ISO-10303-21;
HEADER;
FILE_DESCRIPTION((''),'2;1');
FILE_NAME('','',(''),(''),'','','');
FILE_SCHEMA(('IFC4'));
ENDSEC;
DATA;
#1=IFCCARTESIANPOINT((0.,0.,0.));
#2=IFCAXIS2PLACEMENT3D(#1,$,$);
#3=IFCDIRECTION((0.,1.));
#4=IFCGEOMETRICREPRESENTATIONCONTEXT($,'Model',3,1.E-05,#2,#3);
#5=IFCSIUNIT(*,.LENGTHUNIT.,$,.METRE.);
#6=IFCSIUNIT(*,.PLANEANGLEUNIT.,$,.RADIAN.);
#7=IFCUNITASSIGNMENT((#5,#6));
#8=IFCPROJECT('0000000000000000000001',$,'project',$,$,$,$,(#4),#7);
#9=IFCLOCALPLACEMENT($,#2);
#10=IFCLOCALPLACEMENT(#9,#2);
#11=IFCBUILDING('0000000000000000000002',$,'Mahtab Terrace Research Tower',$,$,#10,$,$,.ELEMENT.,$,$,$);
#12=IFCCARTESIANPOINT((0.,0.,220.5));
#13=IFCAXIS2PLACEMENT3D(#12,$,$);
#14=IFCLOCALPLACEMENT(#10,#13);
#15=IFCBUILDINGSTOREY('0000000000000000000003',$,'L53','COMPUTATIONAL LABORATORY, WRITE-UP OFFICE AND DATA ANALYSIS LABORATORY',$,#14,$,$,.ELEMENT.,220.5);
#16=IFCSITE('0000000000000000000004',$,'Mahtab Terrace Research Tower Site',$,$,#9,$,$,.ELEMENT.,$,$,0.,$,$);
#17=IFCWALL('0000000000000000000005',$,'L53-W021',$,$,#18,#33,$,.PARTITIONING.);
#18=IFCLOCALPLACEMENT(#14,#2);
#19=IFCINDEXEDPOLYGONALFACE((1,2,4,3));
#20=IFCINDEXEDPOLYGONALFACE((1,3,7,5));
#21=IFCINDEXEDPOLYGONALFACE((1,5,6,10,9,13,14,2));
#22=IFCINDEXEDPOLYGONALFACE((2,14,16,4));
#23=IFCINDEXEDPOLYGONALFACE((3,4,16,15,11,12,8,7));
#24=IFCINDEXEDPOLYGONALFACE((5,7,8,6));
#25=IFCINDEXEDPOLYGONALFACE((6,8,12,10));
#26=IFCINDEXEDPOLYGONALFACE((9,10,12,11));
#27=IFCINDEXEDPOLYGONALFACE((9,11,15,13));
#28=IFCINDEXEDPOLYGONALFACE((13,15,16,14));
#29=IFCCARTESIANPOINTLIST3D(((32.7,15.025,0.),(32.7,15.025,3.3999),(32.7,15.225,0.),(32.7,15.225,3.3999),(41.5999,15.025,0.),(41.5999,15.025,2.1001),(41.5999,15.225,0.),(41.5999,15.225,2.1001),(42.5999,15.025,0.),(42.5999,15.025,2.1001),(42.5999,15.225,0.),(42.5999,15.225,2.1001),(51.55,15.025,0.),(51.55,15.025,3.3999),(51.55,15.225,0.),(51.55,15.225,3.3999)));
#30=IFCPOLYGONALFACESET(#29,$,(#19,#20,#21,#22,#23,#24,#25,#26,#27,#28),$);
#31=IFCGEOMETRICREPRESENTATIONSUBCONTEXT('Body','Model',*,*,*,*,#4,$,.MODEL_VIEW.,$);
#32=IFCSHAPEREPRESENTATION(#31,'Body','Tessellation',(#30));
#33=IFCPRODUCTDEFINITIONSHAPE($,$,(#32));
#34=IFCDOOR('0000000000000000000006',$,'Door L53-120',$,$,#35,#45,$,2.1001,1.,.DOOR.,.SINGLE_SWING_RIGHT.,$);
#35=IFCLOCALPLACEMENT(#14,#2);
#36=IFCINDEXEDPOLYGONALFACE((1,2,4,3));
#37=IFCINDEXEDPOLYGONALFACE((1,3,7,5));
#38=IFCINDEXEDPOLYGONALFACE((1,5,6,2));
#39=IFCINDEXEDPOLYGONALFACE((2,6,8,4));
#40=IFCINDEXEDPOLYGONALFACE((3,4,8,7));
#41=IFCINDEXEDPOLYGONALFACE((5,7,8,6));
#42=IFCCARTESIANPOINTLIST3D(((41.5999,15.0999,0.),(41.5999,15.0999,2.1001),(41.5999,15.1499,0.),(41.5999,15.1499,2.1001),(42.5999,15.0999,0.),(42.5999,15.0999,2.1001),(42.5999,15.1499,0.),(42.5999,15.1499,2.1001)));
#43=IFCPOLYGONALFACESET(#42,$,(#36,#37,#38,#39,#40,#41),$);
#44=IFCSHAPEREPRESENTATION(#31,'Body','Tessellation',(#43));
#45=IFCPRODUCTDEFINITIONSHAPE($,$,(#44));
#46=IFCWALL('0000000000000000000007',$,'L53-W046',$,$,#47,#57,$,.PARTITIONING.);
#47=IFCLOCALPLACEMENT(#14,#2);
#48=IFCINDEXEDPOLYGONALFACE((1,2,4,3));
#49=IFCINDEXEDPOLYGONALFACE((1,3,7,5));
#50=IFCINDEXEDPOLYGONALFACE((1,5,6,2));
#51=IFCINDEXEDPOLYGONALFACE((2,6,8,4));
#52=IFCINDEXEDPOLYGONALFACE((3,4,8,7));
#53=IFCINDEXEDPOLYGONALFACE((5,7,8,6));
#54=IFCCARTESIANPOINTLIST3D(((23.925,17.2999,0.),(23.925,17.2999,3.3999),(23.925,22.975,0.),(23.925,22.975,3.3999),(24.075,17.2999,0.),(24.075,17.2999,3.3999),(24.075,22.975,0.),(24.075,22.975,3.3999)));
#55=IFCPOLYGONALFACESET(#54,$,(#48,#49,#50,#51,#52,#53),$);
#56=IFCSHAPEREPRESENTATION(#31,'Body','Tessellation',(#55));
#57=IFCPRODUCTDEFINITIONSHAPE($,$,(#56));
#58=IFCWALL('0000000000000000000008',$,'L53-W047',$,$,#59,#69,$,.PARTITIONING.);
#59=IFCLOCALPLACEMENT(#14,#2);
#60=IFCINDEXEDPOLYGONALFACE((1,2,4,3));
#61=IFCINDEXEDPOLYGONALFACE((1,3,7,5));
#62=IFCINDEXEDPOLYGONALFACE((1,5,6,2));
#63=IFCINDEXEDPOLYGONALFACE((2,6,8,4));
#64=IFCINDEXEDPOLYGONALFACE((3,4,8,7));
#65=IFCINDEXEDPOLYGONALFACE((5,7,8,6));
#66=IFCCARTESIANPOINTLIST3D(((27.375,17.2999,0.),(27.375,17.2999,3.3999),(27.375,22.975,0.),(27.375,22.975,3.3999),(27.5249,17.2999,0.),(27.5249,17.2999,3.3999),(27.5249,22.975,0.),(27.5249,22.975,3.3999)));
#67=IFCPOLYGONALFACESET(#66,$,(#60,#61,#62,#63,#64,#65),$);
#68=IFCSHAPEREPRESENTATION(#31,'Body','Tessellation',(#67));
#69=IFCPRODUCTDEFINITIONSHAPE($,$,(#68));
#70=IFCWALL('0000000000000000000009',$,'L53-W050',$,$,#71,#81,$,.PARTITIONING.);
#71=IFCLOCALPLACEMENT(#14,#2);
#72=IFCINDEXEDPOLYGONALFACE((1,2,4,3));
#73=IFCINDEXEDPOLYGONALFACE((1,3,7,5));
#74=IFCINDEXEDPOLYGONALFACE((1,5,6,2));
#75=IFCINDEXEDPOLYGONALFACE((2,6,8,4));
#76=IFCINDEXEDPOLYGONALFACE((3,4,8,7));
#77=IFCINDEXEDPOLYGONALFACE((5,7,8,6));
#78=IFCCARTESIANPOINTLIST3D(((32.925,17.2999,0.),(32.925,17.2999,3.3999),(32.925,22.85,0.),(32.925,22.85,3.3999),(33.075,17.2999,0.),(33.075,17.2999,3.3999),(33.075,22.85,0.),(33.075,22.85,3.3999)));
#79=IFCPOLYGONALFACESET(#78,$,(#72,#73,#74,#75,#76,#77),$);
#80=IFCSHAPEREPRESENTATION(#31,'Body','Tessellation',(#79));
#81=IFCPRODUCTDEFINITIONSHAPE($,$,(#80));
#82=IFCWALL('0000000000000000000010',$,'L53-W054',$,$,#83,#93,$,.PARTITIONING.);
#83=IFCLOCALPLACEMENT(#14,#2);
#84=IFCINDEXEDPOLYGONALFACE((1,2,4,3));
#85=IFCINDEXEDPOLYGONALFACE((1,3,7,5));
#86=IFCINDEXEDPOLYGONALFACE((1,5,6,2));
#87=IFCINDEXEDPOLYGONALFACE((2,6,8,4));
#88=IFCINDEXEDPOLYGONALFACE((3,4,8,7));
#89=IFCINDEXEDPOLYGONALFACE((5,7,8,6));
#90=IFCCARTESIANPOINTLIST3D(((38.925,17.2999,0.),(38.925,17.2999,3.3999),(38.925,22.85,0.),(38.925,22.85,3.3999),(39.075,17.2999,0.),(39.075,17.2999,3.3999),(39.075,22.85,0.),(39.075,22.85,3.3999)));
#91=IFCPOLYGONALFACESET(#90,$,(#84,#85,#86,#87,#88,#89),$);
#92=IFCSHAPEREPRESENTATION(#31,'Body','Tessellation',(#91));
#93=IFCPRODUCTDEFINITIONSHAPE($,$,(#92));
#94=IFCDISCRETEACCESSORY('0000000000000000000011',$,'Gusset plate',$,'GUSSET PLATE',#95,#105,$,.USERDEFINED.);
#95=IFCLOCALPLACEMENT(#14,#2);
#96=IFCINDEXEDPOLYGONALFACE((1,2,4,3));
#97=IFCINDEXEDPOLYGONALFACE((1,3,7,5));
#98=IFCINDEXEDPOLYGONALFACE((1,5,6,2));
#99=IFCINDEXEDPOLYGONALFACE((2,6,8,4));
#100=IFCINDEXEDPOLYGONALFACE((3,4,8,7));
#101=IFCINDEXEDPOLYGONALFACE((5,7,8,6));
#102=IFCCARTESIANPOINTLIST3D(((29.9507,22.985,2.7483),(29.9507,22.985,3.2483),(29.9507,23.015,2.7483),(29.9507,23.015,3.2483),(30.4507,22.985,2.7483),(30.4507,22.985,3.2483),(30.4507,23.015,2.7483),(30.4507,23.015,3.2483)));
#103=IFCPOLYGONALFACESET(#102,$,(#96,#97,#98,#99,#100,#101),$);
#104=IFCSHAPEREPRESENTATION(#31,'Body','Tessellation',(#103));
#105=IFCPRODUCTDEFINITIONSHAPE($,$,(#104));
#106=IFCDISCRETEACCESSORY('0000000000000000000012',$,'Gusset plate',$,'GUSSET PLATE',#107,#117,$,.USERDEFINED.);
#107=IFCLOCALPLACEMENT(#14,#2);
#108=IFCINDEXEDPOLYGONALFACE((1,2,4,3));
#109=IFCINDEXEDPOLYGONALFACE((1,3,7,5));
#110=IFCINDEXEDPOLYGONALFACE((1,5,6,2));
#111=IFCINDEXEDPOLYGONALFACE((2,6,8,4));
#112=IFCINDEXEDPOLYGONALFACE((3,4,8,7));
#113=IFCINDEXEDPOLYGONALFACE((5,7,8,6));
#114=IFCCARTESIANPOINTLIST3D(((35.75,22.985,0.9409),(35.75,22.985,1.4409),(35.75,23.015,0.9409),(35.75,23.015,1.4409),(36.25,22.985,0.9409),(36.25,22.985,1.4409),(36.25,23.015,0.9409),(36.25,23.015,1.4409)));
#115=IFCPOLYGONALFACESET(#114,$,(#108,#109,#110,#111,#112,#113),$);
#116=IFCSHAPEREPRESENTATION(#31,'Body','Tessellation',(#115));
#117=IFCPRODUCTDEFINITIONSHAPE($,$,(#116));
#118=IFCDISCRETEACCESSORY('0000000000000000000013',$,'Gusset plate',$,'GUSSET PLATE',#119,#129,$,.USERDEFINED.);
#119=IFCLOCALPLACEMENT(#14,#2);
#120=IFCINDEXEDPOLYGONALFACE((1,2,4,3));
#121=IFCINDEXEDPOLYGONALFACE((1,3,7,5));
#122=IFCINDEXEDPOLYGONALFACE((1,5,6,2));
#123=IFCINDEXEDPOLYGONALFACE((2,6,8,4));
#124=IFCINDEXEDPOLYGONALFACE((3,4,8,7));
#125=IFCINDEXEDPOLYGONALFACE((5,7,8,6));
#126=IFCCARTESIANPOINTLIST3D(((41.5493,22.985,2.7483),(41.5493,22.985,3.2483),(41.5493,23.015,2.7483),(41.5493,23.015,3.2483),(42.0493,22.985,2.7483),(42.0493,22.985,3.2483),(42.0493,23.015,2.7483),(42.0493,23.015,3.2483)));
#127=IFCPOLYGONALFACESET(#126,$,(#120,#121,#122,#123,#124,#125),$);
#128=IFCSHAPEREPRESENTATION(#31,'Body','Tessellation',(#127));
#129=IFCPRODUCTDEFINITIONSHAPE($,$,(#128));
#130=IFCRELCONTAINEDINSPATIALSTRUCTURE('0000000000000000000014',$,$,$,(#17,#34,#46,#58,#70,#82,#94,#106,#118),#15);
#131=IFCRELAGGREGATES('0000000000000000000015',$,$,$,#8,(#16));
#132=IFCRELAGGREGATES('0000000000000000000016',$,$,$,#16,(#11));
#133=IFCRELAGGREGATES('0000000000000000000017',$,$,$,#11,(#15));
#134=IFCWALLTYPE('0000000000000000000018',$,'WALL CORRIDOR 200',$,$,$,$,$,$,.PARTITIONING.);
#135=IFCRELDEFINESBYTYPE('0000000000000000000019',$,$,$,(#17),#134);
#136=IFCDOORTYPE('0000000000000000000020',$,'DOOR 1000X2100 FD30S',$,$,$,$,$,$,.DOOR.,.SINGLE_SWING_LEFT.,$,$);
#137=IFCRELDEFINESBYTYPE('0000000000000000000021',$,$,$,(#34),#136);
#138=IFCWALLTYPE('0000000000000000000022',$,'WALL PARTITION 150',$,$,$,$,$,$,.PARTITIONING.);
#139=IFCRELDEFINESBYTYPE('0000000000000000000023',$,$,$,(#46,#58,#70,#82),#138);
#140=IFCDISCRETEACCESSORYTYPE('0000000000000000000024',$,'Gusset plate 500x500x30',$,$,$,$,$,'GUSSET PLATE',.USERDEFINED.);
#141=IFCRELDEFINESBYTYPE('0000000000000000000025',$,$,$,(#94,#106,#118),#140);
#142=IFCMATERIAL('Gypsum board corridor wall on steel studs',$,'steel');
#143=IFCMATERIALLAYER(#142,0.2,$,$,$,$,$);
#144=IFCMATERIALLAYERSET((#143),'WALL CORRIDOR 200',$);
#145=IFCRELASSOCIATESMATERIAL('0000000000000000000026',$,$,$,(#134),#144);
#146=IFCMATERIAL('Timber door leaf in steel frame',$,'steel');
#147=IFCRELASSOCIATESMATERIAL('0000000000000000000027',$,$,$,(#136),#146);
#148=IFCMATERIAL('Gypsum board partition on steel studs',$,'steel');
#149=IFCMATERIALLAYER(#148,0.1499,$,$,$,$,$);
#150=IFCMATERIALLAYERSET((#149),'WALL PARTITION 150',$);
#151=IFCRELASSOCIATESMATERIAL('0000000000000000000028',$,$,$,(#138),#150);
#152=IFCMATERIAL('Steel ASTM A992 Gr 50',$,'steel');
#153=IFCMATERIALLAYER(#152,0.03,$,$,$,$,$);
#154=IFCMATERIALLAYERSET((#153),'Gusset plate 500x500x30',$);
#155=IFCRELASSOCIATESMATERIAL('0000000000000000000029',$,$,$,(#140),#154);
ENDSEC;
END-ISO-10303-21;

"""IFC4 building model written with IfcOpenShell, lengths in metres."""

from ifc_helpers import new_model, si_unit, direction, frame, frame_2d, origin, origin_2d, place, context, subcontext, project, spatial, rectangle, extrude, material, layer, layer_set, type_object, element, fill, save


model = new_model("IFC4")

# Units and contexts
model_context = context("Model", 3, precision=1e-05, world=origin(), true_north=direction((0.0, 1.0)))
body_context = subcontext(model_context, "Body", "Model", "MODEL_VIEW")
ifc_project = project(units=[si_unit("LENGTHUNIT", "METRE"), si_unit("PLANEANGLEUNIT", "RADIAN")], contexts=[model_context])

# Site, building, storey
site_placement = place(None, origin())
site = spatial("IfcSite", under=ifc_project, at=site_placement, Name="Mahtab Terrace Research Tower Site", CompositionType="ELEMENT", RefElevation=0.0)
building_placement = place(site_placement, origin())
building = spatial("IfcBuilding", under=site, at=building_placement, Name="Mahtab Terrace Research Tower", CompositionType="ELEMENT")
storey_placement = place(building_placement, frame((0.0, 0.0, 220.5)))
storey = spatial("IfcBuildingStorey", under=building, at=storey_placement, Name="L53", Description="COMPUTATIONAL LABORATORY, WRITE-UP OFFICE AND DATA ANALYSIS LABORATORY", CompositionType="ELEMENT", Elevation=220.5)

# Shared definitions
ifc_material_1 = material(Name="Steel ASTM A992 Gr 50", Category="steel")

# Wall, opening, door
ifc_material_2 = material(Name="Gypsum board corridor wall on steel studs", Category="steel")
ifc_layer_1 = layer(ifc_material_2, 0.2)
ifc_layer_set_1 = layer_set([ifc_layer_1], Name="WALL CORRIDOR 200")
wall_type_1 = type_object("IfcWallType", Name="WALL CORRIDOR 200", PredefinedType="PARTITIONING", material=ifc_layer_set_1)
wall_1_placement = place(storey_placement, frame((32.7, 15.125, 0.0), z_axis=(0.0, 0.0, 1.0), x_axis=(1.0, 0.0, 0.0)))
wall_1 = element("IfcWall", 1, at=wall_1_placement, inside=storey, type_object=wall_type_1, Name="L53-W021", PredefinedType="PARTITIONING", context=body_context, shape_type="SweptSolid", body=[
    extrude(rectangle(XDim=18.8501, YDim=0.2, at=frame_2d((9.425, 0.0))), origin(), (0.0, 0.0, 1.0), 3.3999),
])
opening_1_placement = place(wall_1_placement, frame((8.8999, 0.0, 0.0)))
opening_1 = element("IfcOpeningElement", 2, at=opening_1_placement, cuts=wall_1, PredefinedType="OPENING", context=body_context, shape_type="SweptSolid", body=[
    extrude(rectangle(XDim=1.0, YDim=2.1001, at=frame_2d((0.5, 1.05))), frame((0.0, 0.1099, 0.0), z_axis=(0.0, -1.0, 0.0), x_axis=(1.0, 0.0, 0.0)), (0.0, 0.0, 1.0), 0.22),
])
ifc_material_3 = material(Name="Timber door leaf in steel frame", Category="steel")
door_type_1 = type_object("IfcDoorType", Name="DOOR 1000X2100 FD30S", OperationType="SINGLE_SWING_LEFT", PredefinedType="DOOR", material=ifc_material_3)
door_1_placement = place(opening_1_placement, origin())
door_1 = element("IfcDoor", 3, at=door_1_placement, inside=storey, type_object=door_type_1, Name="Door L53-120", OperationType="SINGLE_SWING_RIGHT", OverallHeight=2.1001, OverallWidth=1.0, PredefinedType="DOOR", context=body_context, shape_type="SweptSolid", body=[
    extrude(rectangle(XDim=1.0, YDim=2.1001, at=frame_2d((0.5, 1.05))), frame((0.0, 0.0249, 0.0), z_axis=(0.0, -1.0, 0.0), x_axis=(1.0, 0.0, 0.0)), (0.0, 0.0, 1.0), 0.05),
])
fill(opening_1, door_1)

# Walls
ifc_material_4 = material(Name="Gypsum board partition on steel studs", Category="steel")
ifc_layer_2 = layer(ifc_material_4, 0.1499)
ifc_layer_set_2 = layer_set([ifc_layer_2], Name="WALL PARTITION 150")
wall_type_2 = type_object("IfcWallType", Name="WALL PARTITION 150", PredefinedType="PARTITIONING", material=ifc_layer_set_2)
for number, where, z_axis, x_axis, name in (
    (4, (24.0, 17.3, 0.0), (0.0, 0.0, 1.0), (0.0, 1.0, 0.0), "L53-W046"),
    (5, (27.45, 17.3, 0.0), (0.0, 0.0, 1.0), (0.0, 1.0, 0.0), "L53-W047"),
):
    element("IfcWall", number, at=place(storey_placement, frame(where, z_axis=z_axis, x_axis=x_axis)), inside=storey, type_object=wall_type_2, Name=name, PredefinedType="PARTITIONING", context=body_context, shape_type="SweptSolid", body=[
        extrude(rectangle(XDim=5.675, YDim=0.1499, at=frame_2d((2.8374, 0.0))), origin(), (0.0, 0.0, 1.0), 3.3999),
    ])
for number, where, z_axis, x_axis, name in (
    (6, (33.0, 17.3, 0.0), (0.0, 0.0, 1.0), (0.0, 1.0, 0.0), "L53-W050"),
    (7, (39.0, 17.3, 0.0), (0.0, 0.0, 1.0), (0.0, 1.0, 0.0), "L53-W054"),
):
    element("IfcWall", number, at=place(storey_placement, frame(where, z_axis=z_axis, x_axis=x_axis)), inside=storey, type_object=wall_type_2, Name=name, PredefinedType="PARTITIONING", context=body_context, shape_type="SweptSolid", body=[
        extrude(rectangle(XDim=5.55, YDim=0.1499, at=frame_2d((2.7749, 0.0))), origin(), (0.0, 0.0, 1.0), 3.3999),
    ])

# Discrete accessories
ifc_layer_3 = layer(ifc_material_1, 0.03)
ifc_layer_set_3 = layer_set([ifc_layer_3], Name="Gusset plate 500x500x30")
discrete_accessory_type = type_object("IfcDiscreteAccessoryType", Name="Gusset plate 500x500x30", ElementType="GUSSET PLATE", PredefinedType="USERDEFINED", material=ifc_layer_set_3)
for number, where, z_axis, x_axis, name in (
    (8, (30.2007, 23.0, 2.7483), (0.0, 0.0, 1.0), (1.0, 0.0, 0.0), "Gusset plate"),
    (9, (36.0, 23.0, 0.9409), (0.0, 0.0, 1.0), (1.0, 0.0, 0.0), "Gusset plate"),
    (10, (41.7993, 23.0, 2.7483), (0.0, 0.0, 1.0), (1.0, 0.0, 0.0), "Gusset plate"),
):
    element("IfcDiscreteAccessory", number, at=place(storey_placement, frame(where, z_axis=z_axis, x_axis=x_axis)), inside=storey, type_object=discrete_accessory_type, Name=name, ObjectType="GUSSET PLATE", PredefinedType="USERDEFINED", context=body_context, shape_type="SweptSolid", body=[
        extrude(rectangle(XDim=0.5, YDim=0.03, at=origin_2d()), origin(), (0.0, 0.0, 1.0), 0.5),
    ])

save(model, "model.ifc")
